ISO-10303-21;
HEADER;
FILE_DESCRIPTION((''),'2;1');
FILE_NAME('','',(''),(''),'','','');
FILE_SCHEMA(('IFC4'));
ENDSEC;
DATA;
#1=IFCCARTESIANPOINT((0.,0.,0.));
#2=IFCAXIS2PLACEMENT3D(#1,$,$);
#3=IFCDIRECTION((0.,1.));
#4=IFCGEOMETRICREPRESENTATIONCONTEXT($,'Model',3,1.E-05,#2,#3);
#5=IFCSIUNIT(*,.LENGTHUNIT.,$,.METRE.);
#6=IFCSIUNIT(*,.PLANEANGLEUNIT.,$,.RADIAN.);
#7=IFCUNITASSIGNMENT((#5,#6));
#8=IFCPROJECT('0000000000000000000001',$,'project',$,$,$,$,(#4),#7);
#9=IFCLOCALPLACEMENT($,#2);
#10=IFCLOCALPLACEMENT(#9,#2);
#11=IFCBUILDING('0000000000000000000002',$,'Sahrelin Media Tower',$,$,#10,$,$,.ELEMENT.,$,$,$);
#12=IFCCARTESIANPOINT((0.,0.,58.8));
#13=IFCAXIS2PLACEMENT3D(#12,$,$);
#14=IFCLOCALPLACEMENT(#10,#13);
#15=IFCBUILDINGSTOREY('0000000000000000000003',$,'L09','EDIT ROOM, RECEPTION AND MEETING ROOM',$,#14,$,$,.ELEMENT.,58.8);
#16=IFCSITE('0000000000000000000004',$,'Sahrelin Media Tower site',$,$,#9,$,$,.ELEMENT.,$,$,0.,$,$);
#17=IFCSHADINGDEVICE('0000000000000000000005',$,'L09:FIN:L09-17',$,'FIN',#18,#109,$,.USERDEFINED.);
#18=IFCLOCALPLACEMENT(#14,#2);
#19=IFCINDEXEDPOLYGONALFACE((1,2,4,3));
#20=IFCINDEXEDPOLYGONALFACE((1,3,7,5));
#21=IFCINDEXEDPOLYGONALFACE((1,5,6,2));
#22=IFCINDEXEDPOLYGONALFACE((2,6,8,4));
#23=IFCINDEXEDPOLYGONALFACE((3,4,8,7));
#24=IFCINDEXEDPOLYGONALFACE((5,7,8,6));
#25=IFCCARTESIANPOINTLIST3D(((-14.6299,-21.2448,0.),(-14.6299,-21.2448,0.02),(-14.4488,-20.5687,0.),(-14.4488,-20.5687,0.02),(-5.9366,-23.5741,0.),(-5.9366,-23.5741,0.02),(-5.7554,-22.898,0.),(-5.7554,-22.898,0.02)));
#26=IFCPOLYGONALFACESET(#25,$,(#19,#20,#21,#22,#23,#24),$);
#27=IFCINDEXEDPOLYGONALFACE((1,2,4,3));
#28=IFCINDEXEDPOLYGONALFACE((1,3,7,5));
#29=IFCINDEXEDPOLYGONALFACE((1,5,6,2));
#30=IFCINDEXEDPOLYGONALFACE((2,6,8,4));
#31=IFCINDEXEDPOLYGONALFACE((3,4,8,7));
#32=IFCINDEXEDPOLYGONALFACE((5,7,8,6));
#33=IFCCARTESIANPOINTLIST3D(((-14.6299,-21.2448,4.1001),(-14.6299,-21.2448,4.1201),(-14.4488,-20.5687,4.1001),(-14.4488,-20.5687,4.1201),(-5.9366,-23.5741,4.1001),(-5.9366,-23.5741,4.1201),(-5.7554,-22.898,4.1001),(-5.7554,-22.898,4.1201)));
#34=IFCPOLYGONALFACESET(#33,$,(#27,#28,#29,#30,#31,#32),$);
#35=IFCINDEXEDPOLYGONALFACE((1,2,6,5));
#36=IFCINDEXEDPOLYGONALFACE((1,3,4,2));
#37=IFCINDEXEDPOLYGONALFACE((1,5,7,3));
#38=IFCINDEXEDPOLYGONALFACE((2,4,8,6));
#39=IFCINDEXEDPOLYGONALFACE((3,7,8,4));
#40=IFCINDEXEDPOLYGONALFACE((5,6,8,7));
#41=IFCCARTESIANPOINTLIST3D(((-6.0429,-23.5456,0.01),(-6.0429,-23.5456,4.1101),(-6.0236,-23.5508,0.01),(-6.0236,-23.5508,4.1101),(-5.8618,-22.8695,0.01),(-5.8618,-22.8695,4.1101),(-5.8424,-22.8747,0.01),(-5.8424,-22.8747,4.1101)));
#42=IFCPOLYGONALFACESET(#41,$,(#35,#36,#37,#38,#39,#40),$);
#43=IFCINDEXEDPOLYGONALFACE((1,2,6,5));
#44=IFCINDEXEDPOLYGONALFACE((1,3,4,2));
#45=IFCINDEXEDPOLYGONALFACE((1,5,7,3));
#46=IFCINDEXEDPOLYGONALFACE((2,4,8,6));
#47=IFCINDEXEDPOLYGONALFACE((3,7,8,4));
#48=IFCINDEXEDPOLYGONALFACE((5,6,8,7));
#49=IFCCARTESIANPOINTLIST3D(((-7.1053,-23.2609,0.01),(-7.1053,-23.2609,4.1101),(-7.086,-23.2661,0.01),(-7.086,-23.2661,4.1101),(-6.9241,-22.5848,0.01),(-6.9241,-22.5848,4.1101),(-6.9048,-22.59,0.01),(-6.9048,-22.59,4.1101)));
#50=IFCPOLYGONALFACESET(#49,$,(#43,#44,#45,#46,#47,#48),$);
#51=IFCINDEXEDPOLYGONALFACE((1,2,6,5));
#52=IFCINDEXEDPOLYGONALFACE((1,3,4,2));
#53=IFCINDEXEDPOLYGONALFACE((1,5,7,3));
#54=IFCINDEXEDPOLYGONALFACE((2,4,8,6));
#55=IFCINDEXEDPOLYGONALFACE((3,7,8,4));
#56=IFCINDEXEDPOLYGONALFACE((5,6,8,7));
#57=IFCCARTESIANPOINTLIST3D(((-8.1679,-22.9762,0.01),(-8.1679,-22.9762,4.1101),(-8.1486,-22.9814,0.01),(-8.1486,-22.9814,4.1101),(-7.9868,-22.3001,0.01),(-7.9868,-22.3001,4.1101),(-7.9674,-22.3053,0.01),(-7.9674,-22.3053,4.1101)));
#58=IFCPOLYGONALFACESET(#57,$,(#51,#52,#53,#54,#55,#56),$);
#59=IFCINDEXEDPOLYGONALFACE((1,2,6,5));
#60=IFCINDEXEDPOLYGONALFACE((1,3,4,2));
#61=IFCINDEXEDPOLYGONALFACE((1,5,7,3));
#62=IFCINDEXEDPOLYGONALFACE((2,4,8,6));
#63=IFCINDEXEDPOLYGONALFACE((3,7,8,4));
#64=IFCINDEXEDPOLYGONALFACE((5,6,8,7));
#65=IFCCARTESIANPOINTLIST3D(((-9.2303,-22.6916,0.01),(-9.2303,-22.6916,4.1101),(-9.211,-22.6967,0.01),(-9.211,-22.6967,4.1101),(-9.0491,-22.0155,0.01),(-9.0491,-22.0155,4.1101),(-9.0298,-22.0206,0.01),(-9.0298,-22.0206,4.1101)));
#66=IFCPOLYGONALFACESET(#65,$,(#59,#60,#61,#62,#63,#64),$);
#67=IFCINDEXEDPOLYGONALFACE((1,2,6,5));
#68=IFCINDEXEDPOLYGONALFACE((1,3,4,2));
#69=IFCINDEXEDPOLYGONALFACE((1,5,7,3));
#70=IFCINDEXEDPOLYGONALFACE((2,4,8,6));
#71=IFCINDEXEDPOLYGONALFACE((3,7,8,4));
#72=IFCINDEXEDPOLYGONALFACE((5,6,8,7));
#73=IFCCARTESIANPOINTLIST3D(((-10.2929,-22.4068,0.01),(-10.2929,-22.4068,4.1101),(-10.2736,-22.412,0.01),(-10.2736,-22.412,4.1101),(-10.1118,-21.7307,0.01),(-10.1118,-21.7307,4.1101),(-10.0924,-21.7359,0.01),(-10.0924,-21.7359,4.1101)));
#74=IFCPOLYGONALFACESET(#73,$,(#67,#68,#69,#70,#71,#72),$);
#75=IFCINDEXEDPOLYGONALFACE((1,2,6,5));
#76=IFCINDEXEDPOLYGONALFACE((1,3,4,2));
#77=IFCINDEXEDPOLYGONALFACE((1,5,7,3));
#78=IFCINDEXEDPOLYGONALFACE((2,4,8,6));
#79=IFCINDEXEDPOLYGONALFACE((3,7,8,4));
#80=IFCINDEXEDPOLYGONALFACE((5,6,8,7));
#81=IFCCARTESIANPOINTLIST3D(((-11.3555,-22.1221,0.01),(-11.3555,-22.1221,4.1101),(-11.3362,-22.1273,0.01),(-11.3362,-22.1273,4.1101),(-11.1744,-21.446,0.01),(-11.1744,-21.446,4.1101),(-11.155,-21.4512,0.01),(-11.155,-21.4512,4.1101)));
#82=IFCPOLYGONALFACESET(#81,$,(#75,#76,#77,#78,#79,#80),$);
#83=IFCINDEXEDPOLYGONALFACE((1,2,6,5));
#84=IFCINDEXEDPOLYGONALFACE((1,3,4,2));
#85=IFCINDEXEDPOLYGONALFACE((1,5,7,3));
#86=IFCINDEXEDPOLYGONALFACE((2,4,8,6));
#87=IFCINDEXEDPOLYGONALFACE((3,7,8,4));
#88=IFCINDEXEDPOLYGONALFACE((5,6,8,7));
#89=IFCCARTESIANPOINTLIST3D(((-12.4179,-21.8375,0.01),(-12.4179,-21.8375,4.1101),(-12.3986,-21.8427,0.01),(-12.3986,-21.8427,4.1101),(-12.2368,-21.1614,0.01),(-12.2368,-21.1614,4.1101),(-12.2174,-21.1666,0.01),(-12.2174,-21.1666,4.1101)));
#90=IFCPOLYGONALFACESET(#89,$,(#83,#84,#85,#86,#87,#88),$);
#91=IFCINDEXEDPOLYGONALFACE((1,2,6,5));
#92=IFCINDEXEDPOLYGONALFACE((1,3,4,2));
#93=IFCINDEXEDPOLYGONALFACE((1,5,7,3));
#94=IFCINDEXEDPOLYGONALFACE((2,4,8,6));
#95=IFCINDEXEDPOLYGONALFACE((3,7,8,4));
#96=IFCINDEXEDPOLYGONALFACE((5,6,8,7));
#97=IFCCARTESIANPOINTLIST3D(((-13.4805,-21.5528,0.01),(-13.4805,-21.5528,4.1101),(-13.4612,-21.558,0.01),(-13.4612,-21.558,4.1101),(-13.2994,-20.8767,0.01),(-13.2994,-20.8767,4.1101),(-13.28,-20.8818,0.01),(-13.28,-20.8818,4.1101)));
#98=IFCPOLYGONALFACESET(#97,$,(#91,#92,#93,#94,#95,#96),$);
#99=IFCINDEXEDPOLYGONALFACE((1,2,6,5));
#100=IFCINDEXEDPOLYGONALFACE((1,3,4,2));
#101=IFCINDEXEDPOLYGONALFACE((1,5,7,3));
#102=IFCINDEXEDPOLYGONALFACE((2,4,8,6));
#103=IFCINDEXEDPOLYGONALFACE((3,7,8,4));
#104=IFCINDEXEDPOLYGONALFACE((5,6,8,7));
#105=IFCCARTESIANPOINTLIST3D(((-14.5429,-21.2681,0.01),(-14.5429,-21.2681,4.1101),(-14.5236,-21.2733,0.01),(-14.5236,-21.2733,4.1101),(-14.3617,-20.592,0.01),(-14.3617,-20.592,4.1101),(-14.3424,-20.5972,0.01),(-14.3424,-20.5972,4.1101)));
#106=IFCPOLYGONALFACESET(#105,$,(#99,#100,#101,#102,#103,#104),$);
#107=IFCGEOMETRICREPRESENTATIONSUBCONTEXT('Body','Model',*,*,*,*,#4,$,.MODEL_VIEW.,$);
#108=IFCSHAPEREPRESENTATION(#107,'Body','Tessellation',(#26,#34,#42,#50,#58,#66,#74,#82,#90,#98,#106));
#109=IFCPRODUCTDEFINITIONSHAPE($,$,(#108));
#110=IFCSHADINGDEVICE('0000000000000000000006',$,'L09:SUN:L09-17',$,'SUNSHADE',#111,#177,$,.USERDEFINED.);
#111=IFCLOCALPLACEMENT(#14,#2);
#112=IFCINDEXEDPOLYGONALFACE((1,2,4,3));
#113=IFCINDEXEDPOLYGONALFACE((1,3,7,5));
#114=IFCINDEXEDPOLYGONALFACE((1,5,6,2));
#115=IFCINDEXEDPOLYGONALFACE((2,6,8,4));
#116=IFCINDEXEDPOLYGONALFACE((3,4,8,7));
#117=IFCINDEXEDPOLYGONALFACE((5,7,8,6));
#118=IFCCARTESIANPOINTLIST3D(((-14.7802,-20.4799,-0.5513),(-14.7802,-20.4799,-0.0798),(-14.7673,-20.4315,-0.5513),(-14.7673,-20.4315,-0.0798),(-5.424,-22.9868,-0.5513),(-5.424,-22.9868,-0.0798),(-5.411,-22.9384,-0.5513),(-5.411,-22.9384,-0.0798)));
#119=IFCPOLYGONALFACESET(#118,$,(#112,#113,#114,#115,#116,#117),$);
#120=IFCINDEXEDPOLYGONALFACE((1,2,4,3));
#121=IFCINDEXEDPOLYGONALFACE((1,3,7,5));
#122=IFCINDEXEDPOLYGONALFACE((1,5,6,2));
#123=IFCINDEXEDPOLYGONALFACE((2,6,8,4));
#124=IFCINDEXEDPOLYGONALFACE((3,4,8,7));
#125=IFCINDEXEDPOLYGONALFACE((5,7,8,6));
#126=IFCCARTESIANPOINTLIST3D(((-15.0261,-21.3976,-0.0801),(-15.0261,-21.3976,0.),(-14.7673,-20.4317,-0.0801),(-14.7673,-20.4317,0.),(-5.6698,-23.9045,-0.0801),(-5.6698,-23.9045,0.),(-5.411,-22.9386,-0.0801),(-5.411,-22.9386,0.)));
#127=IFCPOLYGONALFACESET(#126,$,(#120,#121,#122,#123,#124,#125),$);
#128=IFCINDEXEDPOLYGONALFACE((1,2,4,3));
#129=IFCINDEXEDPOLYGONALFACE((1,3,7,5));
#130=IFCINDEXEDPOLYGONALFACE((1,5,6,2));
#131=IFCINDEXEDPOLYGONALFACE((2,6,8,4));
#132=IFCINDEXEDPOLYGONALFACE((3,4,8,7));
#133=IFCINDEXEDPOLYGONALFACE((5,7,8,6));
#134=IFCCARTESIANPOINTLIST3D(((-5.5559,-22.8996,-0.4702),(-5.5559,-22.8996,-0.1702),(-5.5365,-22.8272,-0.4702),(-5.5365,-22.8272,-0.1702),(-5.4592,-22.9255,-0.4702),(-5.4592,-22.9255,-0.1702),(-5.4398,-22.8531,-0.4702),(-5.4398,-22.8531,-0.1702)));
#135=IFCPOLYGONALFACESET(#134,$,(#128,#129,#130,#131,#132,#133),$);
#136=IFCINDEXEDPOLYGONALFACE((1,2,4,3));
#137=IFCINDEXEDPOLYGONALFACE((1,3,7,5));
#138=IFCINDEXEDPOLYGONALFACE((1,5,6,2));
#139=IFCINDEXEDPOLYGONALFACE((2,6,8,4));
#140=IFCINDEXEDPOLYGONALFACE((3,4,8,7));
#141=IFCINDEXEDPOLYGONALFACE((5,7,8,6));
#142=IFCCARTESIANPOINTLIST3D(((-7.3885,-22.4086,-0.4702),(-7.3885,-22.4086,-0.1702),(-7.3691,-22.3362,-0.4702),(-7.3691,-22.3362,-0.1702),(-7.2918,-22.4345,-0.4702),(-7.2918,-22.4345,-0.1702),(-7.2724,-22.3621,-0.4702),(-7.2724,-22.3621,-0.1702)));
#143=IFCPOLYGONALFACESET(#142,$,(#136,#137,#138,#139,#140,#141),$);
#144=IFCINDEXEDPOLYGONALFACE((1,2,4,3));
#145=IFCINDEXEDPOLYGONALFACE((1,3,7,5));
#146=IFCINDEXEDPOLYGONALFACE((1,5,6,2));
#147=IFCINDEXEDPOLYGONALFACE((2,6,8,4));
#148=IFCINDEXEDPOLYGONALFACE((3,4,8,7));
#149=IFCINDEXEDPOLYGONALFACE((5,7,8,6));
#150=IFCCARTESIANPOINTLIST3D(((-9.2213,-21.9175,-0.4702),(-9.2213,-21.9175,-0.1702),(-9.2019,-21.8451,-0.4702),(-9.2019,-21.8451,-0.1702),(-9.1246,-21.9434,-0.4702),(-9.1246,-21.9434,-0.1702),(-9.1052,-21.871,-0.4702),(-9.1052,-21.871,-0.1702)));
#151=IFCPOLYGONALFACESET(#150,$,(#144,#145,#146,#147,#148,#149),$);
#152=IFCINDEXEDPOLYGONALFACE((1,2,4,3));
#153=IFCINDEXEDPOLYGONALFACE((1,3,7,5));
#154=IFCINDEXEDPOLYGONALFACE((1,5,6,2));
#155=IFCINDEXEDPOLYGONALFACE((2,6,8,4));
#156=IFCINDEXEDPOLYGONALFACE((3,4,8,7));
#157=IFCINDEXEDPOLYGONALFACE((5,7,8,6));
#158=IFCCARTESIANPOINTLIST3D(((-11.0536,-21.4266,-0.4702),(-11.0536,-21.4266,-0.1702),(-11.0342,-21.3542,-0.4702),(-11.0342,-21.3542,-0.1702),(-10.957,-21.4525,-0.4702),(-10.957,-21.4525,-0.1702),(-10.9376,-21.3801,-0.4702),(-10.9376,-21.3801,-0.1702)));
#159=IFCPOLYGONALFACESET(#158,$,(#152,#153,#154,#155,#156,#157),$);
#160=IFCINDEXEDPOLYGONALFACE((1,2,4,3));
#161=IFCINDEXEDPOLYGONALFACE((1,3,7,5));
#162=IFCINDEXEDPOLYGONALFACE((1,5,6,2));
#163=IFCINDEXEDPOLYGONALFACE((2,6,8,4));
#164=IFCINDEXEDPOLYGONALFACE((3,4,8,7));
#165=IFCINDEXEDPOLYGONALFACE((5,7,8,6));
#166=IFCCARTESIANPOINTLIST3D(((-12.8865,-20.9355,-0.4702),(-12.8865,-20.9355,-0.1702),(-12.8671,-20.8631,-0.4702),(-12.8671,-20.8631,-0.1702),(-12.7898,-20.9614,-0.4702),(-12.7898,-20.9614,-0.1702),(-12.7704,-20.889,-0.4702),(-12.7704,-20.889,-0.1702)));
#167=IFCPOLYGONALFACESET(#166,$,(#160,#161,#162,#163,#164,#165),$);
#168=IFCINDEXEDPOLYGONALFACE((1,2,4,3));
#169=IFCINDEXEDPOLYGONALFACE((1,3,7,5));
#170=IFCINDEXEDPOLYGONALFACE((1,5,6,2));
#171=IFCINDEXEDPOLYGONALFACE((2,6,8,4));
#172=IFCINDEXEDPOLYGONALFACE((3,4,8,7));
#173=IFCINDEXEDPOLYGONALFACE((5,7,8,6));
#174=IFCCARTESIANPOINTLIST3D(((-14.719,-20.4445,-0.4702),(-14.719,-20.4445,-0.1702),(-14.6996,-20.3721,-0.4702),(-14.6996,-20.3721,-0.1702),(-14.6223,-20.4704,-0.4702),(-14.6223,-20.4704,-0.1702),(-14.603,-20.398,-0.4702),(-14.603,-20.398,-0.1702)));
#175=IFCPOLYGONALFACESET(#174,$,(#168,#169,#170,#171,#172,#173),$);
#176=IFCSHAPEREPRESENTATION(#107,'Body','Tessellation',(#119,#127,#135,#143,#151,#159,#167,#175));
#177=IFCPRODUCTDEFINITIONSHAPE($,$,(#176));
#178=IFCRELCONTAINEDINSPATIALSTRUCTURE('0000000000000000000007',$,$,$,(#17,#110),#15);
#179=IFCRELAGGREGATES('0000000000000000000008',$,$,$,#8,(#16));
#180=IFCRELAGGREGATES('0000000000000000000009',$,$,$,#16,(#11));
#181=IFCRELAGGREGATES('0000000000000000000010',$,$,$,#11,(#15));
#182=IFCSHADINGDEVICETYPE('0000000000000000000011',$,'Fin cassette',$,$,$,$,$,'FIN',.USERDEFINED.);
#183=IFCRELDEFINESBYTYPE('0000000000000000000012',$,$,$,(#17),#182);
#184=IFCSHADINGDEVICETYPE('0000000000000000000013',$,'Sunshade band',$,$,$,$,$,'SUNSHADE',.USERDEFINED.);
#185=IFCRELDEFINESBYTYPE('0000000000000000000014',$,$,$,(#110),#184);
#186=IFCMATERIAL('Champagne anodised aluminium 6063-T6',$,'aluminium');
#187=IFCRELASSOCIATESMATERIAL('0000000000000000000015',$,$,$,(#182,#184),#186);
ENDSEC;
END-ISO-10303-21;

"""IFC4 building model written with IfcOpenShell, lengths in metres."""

from ifc_helpers import new_model, si_unit, direction, frame, origin, origin_2d, place, context, subcontext, project, spatial, rectangle, extrude, material, type_object, element, save


model = new_model("IFC4")

# Units and contexts
model_context = context("Model", 3, precision=1e-05, world=origin(), true_north=direction((0.0, 1.0)))
body_context = subcontext(model_context, "Body", "Model", "MODEL_VIEW")
ifc_project = project(units=[si_unit("LENGTHUNIT", "METRE"), si_unit("PLANEANGLEUNIT", "RADIAN")], contexts=[model_context])

# Site, building, storey
site_placement = place(None, origin())
site = spatial("IfcSite", under=ifc_project, at=site_placement, Name="Sahrelin Media Tower site", CompositionType="ELEMENT", RefElevation=0.0)
building_placement = place(site_placement, origin())
building = spatial("IfcBuilding", under=site, at=building_placement, Name="Sahrelin Media Tower", CompositionType="ELEMENT")
storey_placement = place(building_placement, frame((0.0, 0.0, 58.8)))
storey = spatial("IfcBuildingStorey", under=building, at=storey_placement, Name="L09", Description="EDIT ROOM, RECEPTION AND MEETING ROOM", CompositionType="ELEMENT", Elevation=58.8)

# Shared definitions
ifc_material_1 = material(Name="Champagne anodised aluminium 6063-T6", Category="aluminium")

# Shading devices
shading_device_type_1 = type_object("IfcShadingDeviceType", Name="Fin cassette", ElementType="FIN", PredefinedType="USERDEFINED", material=ifc_material_1)
placement = place(storey_placement, frame((-10.084, -21.6658, 0.0), z_axis=(0.0, 0.0, 1.0), x_axis=(-0.965929, 0.258808, 0.0)))
element("IfcShadingDevice", 1, at=placement, inside=storey, type_object=shading_device_type_1, Name="L09:FIN:L09-17", ObjectType="FIN", PredefinedType="USERDEFINED", context=body_context, shape_type="SweptSolid", body=[
    extrude(rectangle(XDim=9.0, YDim=0.7, at=origin_2d()), frame((0.0, 0.4199, 0.0)), (0.0, 0.0, 1.0), 0.02),
    extrude(rectangle(XDim=9.0, YDim=0.7, at=origin_2d()), frame((0.0, 0.4199, 4.1001)), (0.0, 0.0, 1.0), 0.02),
    extrude(rectangle(XDim=0.02, YDim=0.7, at=origin_2d()), frame((-4.3999, 0.4199, 0.01), z_axis=(0.0, 0.0, 1.0), x_axis=(1.0, 0.0, 0.0)), (0.0, 0.0, 1.0), 4.1001),
    extrude(rectangle(XDim=0.02, YDim=0.7, at=origin_2d()), frame((-3.3, 0.4199, 0.01), z_axis=(0.0, 0.0, 1.0), x_axis=(1.0, 0.0, 0.0)), (0.0, 0.0, 1.0), 4.1001),
    extrude(rectangle(XDim=0.02, YDim=0.7, at=origin_2d()), frame((-2.2, 0.4199, 0.01), z_axis=(0.0, 0.0, 1.0), x_axis=(1.0, 0.0, 0.0)), (0.0, 0.0, 1.0), 4.1001),
    extrude(rectangle(XDim=0.02, YDim=0.7, at=origin_2d()), frame((-1.1001, 0.4199, 0.01), z_axis=(0.0, 0.0, 1.0), x_axis=(1.0, 0.0, 0.0)), (0.0, 0.0, 1.0), 4.1001),
    extrude(rectangle(XDim=0.02, YDim=0.7, at=origin_2d()), frame((0.0, 0.4199, 0.01), z_axis=(0.0, 0.0, 1.0), x_axis=(1.0, 0.0, 0.0)), (0.0, 0.0, 1.0), 4.1001),
    extrude(rectangle(XDim=0.02, YDim=0.7, at=origin_2d()), frame((1.1001, 0.4199, 0.01), z_axis=(0.0, 0.0, 1.0), x_axis=(1.0, 0.0, 0.0)), (0.0, 0.0, 1.0), 4.1001),
    extrude(rectangle(XDim=0.02, YDim=0.7, at=origin_2d()), frame((2.2, 0.4199, 0.01), z_axis=(0.0, 0.0, 1.0), x_axis=(1.0, 0.0, 0.0)), (0.0, 0.0, 1.0), 4.1001),
    extrude(rectangle(XDim=0.02, YDim=0.7, at=origin_2d()), frame((3.3, 0.4199, 0.01), z_axis=(0.0, 0.0, 1.0), x_axis=(1.0, 0.0, 0.0)), (0.0, 0.0, 1.0), 4.1001),
    extrude(rectangle(XDim=0.02, YDim=0.7, at=origin_2d()), frame((4.3999, 0.4199, 0.01), z_axis=(0.0, 0.0, 1.0), x_axis=(1.0, 0.0, 0.0)), (0.0, 0.0, 1.0), 4.1001),
])
shading_device_type_2 = type_object("IfcShadingDeviceType", Name="Sunshade band", ElementType="SUNSHADE", PredefinedType="USERDEFINED", material=ifc_material_1)
element("IfcShadingDevice", 2, at=placement, inside=storey, type_object=shading_device_type_2, Name="L09:SUN:L09-17", ObjectType="SUNSHADE", PredefinedType="USERDEFINED", context=body_context, shape_type="SweptSolid", body=[
    extrude(rectangle(XDim=9.6863, YDim=0.05, at=origin_2d()), frame((0.0, 0.0449, -0.5513)), (0.0, 0.0, 1.0), 0.4714),
    extrude(rectangle(XDim=9.6863, YDim=1.0, at=origin_2d()), frame((0.0, 0.52, -0.0801)), (0.0, 0.0, 1.0), 0.0801),
    extrude(rectangle(XDim=0.1001, YDim=0.075, at=origin_2d()), frame((-4.7432, -0.0176, -0.4702)), (0.0, 0.0, 1.0), 0.3),
    extrude(rectangle(XDim=0.1001, YDim=0.075, at=origin_2d()), frame((-2.8459, -0.0176, -0.4702)), (0.0, 0.0, 1.0), 0.3),
    extrude(rectangle(XDim=0.1001, YDim=0.075, at=origin_2d()), frame((-0.9485, -0.0176, -0.4702)), (0.0, 0.0, 1.0), 0.3),
    extrude(rectangle(XDim=0.1001, YDim=0.075, at=origin_2d()), frame((0.9485, -0.0176, -0.4702)), (0.0, 0.0, 1.0), 0.3),
    extrude(rectangle(XDim=0.1001, YDim=0.075, at=origin_2d()), frame((2.8459, -0.0176, -0.4702)), (0.0, 0.0, 1.0), 0.3),
    extrude(rectangle(XDim=0.1001, YDim=0.075, at=origin_2d()), frame((4.7432, -0.0176, -0.4702)), (0.0, 0.0, 1.0), 0.3),
])

save(model, "model.ifc")
